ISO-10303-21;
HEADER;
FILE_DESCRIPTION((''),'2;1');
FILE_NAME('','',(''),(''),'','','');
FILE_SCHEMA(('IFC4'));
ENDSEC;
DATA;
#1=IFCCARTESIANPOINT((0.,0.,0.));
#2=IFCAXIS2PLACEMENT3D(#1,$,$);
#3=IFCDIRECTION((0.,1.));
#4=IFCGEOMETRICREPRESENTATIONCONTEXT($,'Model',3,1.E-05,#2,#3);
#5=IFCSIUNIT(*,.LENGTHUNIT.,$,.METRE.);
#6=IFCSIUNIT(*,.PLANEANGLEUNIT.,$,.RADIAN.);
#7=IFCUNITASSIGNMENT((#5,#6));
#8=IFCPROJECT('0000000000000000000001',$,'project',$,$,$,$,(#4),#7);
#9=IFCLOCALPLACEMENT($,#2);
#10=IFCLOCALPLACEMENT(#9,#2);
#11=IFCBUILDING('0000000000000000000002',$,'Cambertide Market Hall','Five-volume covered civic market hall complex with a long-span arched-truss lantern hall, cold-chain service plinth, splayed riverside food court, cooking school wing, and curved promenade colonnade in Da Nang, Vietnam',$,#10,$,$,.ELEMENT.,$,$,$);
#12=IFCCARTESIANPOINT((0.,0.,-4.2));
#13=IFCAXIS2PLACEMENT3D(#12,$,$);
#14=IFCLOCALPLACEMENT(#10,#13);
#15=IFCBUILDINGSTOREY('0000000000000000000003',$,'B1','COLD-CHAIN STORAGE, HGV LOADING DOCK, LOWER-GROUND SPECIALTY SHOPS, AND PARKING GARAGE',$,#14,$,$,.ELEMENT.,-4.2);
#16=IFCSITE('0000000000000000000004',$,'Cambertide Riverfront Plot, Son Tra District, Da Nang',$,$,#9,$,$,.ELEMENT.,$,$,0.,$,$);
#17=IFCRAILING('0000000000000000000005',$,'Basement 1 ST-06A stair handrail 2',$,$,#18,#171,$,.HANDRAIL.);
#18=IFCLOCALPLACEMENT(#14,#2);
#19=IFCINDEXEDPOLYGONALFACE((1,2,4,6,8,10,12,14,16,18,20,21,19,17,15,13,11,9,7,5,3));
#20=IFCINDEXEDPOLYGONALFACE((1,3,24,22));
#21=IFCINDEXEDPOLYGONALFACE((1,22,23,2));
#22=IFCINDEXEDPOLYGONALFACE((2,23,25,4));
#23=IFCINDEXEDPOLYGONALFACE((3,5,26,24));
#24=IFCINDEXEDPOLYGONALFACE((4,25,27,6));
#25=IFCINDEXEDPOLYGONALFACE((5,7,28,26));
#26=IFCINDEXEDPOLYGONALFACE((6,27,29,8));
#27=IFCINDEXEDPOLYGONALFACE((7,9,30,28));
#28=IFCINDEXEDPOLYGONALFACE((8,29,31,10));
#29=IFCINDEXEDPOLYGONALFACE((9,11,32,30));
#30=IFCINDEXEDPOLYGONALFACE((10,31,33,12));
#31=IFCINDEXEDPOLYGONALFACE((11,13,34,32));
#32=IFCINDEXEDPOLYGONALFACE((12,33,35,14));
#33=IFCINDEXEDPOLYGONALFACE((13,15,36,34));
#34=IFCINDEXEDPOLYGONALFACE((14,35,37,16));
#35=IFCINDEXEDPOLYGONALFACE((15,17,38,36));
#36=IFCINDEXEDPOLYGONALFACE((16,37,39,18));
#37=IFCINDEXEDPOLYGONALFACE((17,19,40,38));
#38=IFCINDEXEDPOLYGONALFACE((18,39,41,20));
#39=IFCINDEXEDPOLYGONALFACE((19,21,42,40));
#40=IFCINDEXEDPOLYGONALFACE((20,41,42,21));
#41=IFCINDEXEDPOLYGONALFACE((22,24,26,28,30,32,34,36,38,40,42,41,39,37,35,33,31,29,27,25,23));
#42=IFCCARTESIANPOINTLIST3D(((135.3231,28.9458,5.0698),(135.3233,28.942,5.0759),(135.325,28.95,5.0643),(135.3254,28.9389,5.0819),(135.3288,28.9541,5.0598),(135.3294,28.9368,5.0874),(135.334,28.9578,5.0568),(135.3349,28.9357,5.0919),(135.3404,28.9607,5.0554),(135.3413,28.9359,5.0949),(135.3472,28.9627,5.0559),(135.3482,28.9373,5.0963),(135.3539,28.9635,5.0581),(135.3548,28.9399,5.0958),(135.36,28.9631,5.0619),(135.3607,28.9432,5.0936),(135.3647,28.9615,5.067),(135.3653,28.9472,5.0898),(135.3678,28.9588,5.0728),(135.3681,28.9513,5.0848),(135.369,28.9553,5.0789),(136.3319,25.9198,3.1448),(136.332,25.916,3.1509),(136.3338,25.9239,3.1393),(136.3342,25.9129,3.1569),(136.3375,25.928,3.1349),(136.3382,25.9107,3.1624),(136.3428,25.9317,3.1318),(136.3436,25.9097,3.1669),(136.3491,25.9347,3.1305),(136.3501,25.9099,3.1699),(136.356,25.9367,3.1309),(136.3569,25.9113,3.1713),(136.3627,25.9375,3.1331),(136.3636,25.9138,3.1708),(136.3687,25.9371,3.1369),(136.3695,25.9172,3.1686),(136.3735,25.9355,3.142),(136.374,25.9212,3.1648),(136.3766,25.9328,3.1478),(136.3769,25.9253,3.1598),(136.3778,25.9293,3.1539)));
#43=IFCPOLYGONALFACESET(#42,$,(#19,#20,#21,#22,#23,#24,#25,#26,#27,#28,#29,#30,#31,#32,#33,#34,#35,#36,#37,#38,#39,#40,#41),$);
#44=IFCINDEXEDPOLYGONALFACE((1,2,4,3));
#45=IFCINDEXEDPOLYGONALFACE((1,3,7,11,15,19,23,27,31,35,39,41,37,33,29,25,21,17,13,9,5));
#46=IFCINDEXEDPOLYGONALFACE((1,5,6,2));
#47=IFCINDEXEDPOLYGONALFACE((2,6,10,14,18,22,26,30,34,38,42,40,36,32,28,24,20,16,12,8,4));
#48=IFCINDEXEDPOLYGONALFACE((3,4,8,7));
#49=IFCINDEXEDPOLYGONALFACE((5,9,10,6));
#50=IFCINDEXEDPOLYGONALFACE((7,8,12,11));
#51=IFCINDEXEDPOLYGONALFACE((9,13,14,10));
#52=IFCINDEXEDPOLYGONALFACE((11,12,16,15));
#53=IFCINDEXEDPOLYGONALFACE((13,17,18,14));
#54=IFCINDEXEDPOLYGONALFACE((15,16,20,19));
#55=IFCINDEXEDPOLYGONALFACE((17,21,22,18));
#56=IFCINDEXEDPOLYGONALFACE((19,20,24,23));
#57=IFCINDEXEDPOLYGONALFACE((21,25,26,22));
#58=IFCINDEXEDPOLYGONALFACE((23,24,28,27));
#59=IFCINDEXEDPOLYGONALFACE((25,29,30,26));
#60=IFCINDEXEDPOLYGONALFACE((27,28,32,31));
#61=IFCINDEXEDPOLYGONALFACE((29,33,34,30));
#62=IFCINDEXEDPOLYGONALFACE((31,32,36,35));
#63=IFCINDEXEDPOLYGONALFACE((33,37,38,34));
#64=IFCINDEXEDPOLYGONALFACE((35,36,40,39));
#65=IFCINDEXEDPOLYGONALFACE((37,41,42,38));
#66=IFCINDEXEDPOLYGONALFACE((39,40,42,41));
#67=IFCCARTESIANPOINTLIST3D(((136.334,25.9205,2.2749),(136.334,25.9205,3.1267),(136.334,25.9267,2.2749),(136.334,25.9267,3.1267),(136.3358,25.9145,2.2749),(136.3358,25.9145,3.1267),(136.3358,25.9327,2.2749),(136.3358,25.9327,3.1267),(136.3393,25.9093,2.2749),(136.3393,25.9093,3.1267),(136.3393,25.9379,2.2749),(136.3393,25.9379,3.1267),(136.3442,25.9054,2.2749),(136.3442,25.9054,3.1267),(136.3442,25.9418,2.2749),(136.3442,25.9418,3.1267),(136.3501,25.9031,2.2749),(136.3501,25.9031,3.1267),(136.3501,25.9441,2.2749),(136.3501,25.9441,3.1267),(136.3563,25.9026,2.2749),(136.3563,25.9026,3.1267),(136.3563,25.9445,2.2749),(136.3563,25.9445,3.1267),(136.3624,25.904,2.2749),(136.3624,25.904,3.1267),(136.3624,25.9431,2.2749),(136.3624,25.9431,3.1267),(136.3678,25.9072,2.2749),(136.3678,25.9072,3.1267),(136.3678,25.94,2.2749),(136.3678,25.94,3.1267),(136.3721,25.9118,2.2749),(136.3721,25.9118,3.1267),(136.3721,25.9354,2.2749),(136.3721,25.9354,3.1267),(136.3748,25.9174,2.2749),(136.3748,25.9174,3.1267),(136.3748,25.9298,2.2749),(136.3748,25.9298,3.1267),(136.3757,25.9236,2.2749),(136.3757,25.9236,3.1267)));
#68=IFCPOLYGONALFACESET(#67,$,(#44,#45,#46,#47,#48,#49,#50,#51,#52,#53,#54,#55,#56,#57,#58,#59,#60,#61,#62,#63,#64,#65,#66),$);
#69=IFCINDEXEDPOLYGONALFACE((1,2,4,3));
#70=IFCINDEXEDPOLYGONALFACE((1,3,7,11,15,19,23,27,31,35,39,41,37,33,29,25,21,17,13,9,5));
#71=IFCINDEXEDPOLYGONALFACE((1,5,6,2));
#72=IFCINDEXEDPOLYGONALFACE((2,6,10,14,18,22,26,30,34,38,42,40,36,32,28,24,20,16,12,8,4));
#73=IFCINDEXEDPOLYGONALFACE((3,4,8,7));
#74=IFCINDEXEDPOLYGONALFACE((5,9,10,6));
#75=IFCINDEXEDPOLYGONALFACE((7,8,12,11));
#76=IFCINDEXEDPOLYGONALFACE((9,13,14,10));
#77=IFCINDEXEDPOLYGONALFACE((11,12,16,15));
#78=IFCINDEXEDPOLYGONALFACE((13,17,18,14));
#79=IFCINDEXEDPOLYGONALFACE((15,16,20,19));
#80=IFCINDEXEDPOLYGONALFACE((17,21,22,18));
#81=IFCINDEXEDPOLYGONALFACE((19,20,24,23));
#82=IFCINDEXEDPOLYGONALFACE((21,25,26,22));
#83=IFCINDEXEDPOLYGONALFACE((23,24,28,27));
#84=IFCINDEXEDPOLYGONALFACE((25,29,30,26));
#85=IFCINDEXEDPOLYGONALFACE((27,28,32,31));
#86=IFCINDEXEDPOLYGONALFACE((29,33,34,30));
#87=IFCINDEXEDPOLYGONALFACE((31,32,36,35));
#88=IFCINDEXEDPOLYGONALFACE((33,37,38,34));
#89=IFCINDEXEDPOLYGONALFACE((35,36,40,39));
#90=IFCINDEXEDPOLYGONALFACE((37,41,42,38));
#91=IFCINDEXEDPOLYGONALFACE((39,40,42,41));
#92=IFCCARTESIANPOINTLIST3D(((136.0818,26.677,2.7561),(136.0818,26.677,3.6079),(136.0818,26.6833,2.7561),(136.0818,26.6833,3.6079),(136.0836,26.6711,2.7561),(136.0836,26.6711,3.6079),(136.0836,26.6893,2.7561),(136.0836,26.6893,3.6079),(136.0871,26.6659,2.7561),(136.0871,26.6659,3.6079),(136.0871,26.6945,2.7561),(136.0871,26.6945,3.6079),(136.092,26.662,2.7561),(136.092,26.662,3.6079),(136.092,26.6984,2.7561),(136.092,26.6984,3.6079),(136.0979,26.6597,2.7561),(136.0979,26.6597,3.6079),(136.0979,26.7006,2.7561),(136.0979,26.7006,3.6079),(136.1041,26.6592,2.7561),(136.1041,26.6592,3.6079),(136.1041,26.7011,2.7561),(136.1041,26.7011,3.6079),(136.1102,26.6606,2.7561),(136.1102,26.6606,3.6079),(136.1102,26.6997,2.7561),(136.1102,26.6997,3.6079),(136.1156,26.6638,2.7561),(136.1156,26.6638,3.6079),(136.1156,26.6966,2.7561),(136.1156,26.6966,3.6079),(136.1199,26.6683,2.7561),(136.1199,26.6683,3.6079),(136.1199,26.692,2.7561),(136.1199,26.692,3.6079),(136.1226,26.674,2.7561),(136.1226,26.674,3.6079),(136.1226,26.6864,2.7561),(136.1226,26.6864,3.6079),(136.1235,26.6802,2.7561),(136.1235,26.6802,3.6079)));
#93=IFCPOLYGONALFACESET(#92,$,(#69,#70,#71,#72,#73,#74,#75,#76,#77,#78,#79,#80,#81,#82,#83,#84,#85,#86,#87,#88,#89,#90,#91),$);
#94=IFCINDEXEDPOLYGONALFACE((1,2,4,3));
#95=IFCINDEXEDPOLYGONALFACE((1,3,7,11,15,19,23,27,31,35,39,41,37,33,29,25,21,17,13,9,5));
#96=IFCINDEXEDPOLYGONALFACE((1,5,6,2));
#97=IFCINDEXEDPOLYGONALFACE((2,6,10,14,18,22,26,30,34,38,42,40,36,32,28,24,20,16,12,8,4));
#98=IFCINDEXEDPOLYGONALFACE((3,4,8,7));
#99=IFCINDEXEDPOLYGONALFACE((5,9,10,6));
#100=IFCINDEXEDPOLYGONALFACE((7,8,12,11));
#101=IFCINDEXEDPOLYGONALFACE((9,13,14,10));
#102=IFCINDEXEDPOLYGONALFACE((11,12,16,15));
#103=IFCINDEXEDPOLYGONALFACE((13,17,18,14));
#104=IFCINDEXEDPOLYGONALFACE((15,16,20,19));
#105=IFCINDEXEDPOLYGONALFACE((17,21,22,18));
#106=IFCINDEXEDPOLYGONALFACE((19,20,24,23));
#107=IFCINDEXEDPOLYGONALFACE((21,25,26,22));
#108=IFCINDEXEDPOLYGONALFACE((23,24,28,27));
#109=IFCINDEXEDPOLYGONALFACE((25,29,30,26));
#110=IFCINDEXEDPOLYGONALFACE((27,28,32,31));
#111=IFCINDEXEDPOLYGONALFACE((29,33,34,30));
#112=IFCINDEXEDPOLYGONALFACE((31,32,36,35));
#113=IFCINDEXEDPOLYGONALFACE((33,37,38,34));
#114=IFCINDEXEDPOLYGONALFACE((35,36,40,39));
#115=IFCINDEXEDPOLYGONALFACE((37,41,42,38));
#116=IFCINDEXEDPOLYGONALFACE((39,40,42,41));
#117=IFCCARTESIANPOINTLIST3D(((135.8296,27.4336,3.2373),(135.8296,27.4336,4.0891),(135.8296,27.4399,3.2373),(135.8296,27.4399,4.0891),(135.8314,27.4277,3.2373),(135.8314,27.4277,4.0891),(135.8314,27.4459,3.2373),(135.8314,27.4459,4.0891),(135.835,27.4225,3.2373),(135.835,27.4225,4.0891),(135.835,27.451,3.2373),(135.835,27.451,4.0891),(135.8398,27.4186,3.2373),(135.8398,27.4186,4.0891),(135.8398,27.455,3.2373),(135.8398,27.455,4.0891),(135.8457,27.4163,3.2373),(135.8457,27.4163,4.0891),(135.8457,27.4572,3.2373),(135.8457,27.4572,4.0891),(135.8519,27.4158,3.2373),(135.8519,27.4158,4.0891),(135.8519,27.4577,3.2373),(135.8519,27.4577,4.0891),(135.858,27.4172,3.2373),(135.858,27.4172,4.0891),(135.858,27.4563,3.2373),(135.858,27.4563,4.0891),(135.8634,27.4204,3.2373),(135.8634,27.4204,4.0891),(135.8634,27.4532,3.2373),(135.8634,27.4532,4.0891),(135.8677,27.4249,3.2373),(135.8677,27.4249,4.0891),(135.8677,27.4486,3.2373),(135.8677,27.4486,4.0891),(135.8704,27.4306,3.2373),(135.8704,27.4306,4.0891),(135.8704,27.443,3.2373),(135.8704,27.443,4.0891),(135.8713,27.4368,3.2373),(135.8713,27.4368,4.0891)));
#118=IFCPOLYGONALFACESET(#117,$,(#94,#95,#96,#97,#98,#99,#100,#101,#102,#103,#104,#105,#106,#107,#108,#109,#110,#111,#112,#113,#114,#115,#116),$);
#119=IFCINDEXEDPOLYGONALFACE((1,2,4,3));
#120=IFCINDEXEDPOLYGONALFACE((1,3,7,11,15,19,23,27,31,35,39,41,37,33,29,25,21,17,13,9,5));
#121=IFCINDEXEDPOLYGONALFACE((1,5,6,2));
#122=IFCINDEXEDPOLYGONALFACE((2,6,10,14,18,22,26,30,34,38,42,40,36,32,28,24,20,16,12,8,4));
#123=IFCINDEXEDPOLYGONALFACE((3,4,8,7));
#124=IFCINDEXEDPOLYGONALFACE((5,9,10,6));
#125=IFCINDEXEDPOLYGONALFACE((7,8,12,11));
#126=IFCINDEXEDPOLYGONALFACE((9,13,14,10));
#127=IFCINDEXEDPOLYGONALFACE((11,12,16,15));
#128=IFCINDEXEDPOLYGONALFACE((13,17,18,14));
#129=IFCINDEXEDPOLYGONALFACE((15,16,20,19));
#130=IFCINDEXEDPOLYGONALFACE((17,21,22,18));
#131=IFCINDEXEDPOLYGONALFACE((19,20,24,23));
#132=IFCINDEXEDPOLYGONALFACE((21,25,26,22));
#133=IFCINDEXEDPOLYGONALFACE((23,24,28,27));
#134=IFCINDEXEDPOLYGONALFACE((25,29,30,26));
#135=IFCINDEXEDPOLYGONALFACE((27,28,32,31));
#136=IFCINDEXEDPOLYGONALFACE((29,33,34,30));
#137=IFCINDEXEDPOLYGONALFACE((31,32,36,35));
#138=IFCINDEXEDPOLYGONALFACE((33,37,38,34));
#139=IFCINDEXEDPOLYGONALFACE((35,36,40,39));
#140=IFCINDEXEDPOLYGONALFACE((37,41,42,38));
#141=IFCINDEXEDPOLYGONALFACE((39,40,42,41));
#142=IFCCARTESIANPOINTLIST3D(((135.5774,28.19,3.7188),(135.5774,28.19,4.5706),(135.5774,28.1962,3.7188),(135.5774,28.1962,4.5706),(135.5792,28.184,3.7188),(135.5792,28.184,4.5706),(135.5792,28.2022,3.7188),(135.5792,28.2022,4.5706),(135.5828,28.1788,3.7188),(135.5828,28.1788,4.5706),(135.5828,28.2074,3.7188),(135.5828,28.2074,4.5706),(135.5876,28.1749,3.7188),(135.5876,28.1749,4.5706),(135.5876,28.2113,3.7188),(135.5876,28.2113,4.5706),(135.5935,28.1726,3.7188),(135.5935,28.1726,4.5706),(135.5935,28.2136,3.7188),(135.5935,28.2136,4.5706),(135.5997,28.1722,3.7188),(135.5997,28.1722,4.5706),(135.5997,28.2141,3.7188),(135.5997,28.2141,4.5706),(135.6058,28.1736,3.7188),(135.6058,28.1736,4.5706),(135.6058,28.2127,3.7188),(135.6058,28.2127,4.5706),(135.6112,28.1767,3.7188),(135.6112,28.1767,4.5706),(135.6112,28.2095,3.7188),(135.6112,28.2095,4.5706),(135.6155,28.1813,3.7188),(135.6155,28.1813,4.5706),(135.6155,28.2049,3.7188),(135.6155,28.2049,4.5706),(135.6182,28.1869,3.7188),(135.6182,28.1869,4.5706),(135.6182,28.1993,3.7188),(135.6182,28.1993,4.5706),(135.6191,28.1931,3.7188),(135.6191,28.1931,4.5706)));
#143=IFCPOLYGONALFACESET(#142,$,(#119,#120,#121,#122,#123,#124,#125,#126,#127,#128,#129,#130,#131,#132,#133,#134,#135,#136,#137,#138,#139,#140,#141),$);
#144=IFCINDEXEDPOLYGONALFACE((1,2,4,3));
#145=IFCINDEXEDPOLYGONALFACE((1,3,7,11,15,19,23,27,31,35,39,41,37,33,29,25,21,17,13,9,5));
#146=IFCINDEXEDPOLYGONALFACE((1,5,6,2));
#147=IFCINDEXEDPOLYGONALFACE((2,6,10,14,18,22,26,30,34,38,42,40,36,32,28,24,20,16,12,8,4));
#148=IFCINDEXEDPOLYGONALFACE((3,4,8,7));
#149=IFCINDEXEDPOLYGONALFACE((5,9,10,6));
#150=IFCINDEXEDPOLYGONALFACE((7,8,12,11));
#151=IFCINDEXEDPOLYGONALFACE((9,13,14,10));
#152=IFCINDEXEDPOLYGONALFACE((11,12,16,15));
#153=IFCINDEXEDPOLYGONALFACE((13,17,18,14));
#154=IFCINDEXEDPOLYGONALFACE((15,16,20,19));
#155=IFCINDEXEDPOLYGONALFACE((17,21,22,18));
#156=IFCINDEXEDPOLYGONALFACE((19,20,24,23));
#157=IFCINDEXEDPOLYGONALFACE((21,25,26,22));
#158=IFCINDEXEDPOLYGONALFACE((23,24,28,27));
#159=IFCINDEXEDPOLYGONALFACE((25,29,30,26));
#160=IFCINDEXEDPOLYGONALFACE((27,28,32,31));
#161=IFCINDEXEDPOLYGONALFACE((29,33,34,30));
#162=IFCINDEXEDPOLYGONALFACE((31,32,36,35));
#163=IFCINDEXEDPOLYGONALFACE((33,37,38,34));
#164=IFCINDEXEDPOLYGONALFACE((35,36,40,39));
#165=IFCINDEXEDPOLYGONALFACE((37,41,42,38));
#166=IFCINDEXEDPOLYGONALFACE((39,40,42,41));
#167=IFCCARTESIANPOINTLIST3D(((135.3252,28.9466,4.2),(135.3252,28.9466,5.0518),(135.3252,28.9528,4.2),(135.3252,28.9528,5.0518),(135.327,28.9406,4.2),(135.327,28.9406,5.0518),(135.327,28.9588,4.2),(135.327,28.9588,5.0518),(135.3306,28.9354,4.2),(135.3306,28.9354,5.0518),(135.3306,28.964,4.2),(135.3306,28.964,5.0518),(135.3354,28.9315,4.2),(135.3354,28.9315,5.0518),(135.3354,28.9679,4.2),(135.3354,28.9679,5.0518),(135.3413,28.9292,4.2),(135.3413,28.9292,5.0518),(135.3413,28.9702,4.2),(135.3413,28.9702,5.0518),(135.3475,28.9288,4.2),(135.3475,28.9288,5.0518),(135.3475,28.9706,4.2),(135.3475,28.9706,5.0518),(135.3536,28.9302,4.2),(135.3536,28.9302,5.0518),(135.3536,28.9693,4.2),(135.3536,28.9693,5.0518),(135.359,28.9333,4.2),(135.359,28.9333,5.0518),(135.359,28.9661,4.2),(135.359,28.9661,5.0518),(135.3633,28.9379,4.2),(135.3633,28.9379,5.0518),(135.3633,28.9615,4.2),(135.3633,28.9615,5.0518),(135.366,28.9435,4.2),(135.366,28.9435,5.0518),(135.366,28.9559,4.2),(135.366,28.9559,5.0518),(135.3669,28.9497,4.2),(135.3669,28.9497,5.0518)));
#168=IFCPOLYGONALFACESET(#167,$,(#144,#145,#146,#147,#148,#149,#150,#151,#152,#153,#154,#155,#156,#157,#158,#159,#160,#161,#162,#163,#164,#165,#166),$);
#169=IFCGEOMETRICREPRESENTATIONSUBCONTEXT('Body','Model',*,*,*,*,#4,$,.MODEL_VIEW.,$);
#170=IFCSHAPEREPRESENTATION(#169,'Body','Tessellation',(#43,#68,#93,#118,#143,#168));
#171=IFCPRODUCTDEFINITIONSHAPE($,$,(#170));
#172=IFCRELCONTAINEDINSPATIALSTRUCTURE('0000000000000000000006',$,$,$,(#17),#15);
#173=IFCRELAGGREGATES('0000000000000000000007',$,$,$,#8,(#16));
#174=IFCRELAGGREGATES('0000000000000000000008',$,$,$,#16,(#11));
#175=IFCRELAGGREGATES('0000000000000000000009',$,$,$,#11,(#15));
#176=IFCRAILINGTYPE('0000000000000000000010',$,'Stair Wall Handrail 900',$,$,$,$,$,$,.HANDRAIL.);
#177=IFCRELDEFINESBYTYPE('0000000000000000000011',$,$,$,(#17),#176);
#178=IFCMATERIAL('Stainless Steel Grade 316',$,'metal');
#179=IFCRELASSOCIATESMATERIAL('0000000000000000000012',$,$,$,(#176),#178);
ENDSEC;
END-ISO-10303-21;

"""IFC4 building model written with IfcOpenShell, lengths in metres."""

from ifc_helpers import new_model, si_unit, direction, frame, origin, origin_2d, place, context, subcontext, project, spatial, circle, extrude, material, type_object, element, save


model = new_model("IFC4")

# Units and contexts
model_context = context("Model", 3, precision=1e-05, world=origin(), true_north=direction((0.0, 1.0)))
body_context = subcontext(model_context, "Body", "Model", "MODEL_VIEW")
ifc_project = project(units=[si_unit("LENGTHUNIT", "METRE"), si_unit("PLANEANGLEUNIT", "RADIAN")], contexts=[model_context])

# Site, building, storey
site_placement = place(None, origin())
site = spatial("IfcSite", under=ifc_project, at=site_placement, Name="Cambertide Riverfront Plot, Son Tra District, Da Nang", CompositionType="ELEMENT", RefElevation=0.0)
building_placement = place(site_placement, origin())
building = spatial("IfcBuilding", under=site, at=building_placement, Name="Cambertide Market Hall", Description="Five-volume covered civic market hall complex with a long-span arched-truss lantern hall, cold-chain service plinth, splayed riverside food court, cooking school wing, and curved promenade colonnade in Da Nang, Vietnam", CompositionType="ELEMENT")
storey_placement = place(building_placement, frame((0.0, 0.0, -4.2)))
storey = spatial("IfcBuildingStorey", under=building, at=storey_placement, Name="B1", Description="COLD-CHAIN STORAGE, HGV LOADING DOCK, LOWER-GROUND SPECIALTY SHOPS, AND PARKING GARAGE", CompositionType="ELEMENT", Elevation=-4.2)

# Railing
ifc_material_1 = material(Name="Stainless Steel Grade 316", Category="metal")
railing_type_1 = type_object("IfcRailingType", Name="Stair Wall Handrail 900", PredefinedType="HANDRAIL", material=ifc_material_1)
railing_1_placement = place(storey_placement, frame((136.3547, 25.9236, 2.2749)))
element("IfcRailing", 1, at=railing_1_placement, inside=storey, type_object=railing_type_1, Name="Basement 1 ST-06A stair handrail 2", PredefinedType="HANDRAIL", context=body_context, shape_type="SweptSolid", body=[
    extrude(circle(Radius=0.0239, at=origin_2d()), frame((0.0, 0.0, 0.876), z_axis=(-0.270765, 0.812228, 0.516694), x_axis=(-0.948676, -0.316251, 0.0)), (0.0, 0.0, 1.0), 3.7256),
    extrude(circle(Radius=0.021, at=origin_2d()), origin(), (0.0, 0.0, 1.0), 0.8518),
    extrude(circle(Radius=0.021, at=origin_2d()), frame((-0.2522, 0.7566, 0.4812)), (0.0, 0.0, 1.0), 0.8518),
    extrude(circle(Radius=0.021, at=origin_2d()), frame((-0.5044, 1.5132, 0.9624)), (0.0, 0.0, 1.0), 0.8518),
    extrude(circle(Radius=0.021, at=origin_2d()), frame((-0.7566, 2.2695, 1.4438)), (0.0, 0.0, 1.0), 0.8518),
    extrude(circle(Radius=0.021, at=origin_2d()), frame((-1.0088, 3.0261, 1.925)), (0.0, 0.0, 1.0), 0.8518),
])

save(model, "model.ifc")
